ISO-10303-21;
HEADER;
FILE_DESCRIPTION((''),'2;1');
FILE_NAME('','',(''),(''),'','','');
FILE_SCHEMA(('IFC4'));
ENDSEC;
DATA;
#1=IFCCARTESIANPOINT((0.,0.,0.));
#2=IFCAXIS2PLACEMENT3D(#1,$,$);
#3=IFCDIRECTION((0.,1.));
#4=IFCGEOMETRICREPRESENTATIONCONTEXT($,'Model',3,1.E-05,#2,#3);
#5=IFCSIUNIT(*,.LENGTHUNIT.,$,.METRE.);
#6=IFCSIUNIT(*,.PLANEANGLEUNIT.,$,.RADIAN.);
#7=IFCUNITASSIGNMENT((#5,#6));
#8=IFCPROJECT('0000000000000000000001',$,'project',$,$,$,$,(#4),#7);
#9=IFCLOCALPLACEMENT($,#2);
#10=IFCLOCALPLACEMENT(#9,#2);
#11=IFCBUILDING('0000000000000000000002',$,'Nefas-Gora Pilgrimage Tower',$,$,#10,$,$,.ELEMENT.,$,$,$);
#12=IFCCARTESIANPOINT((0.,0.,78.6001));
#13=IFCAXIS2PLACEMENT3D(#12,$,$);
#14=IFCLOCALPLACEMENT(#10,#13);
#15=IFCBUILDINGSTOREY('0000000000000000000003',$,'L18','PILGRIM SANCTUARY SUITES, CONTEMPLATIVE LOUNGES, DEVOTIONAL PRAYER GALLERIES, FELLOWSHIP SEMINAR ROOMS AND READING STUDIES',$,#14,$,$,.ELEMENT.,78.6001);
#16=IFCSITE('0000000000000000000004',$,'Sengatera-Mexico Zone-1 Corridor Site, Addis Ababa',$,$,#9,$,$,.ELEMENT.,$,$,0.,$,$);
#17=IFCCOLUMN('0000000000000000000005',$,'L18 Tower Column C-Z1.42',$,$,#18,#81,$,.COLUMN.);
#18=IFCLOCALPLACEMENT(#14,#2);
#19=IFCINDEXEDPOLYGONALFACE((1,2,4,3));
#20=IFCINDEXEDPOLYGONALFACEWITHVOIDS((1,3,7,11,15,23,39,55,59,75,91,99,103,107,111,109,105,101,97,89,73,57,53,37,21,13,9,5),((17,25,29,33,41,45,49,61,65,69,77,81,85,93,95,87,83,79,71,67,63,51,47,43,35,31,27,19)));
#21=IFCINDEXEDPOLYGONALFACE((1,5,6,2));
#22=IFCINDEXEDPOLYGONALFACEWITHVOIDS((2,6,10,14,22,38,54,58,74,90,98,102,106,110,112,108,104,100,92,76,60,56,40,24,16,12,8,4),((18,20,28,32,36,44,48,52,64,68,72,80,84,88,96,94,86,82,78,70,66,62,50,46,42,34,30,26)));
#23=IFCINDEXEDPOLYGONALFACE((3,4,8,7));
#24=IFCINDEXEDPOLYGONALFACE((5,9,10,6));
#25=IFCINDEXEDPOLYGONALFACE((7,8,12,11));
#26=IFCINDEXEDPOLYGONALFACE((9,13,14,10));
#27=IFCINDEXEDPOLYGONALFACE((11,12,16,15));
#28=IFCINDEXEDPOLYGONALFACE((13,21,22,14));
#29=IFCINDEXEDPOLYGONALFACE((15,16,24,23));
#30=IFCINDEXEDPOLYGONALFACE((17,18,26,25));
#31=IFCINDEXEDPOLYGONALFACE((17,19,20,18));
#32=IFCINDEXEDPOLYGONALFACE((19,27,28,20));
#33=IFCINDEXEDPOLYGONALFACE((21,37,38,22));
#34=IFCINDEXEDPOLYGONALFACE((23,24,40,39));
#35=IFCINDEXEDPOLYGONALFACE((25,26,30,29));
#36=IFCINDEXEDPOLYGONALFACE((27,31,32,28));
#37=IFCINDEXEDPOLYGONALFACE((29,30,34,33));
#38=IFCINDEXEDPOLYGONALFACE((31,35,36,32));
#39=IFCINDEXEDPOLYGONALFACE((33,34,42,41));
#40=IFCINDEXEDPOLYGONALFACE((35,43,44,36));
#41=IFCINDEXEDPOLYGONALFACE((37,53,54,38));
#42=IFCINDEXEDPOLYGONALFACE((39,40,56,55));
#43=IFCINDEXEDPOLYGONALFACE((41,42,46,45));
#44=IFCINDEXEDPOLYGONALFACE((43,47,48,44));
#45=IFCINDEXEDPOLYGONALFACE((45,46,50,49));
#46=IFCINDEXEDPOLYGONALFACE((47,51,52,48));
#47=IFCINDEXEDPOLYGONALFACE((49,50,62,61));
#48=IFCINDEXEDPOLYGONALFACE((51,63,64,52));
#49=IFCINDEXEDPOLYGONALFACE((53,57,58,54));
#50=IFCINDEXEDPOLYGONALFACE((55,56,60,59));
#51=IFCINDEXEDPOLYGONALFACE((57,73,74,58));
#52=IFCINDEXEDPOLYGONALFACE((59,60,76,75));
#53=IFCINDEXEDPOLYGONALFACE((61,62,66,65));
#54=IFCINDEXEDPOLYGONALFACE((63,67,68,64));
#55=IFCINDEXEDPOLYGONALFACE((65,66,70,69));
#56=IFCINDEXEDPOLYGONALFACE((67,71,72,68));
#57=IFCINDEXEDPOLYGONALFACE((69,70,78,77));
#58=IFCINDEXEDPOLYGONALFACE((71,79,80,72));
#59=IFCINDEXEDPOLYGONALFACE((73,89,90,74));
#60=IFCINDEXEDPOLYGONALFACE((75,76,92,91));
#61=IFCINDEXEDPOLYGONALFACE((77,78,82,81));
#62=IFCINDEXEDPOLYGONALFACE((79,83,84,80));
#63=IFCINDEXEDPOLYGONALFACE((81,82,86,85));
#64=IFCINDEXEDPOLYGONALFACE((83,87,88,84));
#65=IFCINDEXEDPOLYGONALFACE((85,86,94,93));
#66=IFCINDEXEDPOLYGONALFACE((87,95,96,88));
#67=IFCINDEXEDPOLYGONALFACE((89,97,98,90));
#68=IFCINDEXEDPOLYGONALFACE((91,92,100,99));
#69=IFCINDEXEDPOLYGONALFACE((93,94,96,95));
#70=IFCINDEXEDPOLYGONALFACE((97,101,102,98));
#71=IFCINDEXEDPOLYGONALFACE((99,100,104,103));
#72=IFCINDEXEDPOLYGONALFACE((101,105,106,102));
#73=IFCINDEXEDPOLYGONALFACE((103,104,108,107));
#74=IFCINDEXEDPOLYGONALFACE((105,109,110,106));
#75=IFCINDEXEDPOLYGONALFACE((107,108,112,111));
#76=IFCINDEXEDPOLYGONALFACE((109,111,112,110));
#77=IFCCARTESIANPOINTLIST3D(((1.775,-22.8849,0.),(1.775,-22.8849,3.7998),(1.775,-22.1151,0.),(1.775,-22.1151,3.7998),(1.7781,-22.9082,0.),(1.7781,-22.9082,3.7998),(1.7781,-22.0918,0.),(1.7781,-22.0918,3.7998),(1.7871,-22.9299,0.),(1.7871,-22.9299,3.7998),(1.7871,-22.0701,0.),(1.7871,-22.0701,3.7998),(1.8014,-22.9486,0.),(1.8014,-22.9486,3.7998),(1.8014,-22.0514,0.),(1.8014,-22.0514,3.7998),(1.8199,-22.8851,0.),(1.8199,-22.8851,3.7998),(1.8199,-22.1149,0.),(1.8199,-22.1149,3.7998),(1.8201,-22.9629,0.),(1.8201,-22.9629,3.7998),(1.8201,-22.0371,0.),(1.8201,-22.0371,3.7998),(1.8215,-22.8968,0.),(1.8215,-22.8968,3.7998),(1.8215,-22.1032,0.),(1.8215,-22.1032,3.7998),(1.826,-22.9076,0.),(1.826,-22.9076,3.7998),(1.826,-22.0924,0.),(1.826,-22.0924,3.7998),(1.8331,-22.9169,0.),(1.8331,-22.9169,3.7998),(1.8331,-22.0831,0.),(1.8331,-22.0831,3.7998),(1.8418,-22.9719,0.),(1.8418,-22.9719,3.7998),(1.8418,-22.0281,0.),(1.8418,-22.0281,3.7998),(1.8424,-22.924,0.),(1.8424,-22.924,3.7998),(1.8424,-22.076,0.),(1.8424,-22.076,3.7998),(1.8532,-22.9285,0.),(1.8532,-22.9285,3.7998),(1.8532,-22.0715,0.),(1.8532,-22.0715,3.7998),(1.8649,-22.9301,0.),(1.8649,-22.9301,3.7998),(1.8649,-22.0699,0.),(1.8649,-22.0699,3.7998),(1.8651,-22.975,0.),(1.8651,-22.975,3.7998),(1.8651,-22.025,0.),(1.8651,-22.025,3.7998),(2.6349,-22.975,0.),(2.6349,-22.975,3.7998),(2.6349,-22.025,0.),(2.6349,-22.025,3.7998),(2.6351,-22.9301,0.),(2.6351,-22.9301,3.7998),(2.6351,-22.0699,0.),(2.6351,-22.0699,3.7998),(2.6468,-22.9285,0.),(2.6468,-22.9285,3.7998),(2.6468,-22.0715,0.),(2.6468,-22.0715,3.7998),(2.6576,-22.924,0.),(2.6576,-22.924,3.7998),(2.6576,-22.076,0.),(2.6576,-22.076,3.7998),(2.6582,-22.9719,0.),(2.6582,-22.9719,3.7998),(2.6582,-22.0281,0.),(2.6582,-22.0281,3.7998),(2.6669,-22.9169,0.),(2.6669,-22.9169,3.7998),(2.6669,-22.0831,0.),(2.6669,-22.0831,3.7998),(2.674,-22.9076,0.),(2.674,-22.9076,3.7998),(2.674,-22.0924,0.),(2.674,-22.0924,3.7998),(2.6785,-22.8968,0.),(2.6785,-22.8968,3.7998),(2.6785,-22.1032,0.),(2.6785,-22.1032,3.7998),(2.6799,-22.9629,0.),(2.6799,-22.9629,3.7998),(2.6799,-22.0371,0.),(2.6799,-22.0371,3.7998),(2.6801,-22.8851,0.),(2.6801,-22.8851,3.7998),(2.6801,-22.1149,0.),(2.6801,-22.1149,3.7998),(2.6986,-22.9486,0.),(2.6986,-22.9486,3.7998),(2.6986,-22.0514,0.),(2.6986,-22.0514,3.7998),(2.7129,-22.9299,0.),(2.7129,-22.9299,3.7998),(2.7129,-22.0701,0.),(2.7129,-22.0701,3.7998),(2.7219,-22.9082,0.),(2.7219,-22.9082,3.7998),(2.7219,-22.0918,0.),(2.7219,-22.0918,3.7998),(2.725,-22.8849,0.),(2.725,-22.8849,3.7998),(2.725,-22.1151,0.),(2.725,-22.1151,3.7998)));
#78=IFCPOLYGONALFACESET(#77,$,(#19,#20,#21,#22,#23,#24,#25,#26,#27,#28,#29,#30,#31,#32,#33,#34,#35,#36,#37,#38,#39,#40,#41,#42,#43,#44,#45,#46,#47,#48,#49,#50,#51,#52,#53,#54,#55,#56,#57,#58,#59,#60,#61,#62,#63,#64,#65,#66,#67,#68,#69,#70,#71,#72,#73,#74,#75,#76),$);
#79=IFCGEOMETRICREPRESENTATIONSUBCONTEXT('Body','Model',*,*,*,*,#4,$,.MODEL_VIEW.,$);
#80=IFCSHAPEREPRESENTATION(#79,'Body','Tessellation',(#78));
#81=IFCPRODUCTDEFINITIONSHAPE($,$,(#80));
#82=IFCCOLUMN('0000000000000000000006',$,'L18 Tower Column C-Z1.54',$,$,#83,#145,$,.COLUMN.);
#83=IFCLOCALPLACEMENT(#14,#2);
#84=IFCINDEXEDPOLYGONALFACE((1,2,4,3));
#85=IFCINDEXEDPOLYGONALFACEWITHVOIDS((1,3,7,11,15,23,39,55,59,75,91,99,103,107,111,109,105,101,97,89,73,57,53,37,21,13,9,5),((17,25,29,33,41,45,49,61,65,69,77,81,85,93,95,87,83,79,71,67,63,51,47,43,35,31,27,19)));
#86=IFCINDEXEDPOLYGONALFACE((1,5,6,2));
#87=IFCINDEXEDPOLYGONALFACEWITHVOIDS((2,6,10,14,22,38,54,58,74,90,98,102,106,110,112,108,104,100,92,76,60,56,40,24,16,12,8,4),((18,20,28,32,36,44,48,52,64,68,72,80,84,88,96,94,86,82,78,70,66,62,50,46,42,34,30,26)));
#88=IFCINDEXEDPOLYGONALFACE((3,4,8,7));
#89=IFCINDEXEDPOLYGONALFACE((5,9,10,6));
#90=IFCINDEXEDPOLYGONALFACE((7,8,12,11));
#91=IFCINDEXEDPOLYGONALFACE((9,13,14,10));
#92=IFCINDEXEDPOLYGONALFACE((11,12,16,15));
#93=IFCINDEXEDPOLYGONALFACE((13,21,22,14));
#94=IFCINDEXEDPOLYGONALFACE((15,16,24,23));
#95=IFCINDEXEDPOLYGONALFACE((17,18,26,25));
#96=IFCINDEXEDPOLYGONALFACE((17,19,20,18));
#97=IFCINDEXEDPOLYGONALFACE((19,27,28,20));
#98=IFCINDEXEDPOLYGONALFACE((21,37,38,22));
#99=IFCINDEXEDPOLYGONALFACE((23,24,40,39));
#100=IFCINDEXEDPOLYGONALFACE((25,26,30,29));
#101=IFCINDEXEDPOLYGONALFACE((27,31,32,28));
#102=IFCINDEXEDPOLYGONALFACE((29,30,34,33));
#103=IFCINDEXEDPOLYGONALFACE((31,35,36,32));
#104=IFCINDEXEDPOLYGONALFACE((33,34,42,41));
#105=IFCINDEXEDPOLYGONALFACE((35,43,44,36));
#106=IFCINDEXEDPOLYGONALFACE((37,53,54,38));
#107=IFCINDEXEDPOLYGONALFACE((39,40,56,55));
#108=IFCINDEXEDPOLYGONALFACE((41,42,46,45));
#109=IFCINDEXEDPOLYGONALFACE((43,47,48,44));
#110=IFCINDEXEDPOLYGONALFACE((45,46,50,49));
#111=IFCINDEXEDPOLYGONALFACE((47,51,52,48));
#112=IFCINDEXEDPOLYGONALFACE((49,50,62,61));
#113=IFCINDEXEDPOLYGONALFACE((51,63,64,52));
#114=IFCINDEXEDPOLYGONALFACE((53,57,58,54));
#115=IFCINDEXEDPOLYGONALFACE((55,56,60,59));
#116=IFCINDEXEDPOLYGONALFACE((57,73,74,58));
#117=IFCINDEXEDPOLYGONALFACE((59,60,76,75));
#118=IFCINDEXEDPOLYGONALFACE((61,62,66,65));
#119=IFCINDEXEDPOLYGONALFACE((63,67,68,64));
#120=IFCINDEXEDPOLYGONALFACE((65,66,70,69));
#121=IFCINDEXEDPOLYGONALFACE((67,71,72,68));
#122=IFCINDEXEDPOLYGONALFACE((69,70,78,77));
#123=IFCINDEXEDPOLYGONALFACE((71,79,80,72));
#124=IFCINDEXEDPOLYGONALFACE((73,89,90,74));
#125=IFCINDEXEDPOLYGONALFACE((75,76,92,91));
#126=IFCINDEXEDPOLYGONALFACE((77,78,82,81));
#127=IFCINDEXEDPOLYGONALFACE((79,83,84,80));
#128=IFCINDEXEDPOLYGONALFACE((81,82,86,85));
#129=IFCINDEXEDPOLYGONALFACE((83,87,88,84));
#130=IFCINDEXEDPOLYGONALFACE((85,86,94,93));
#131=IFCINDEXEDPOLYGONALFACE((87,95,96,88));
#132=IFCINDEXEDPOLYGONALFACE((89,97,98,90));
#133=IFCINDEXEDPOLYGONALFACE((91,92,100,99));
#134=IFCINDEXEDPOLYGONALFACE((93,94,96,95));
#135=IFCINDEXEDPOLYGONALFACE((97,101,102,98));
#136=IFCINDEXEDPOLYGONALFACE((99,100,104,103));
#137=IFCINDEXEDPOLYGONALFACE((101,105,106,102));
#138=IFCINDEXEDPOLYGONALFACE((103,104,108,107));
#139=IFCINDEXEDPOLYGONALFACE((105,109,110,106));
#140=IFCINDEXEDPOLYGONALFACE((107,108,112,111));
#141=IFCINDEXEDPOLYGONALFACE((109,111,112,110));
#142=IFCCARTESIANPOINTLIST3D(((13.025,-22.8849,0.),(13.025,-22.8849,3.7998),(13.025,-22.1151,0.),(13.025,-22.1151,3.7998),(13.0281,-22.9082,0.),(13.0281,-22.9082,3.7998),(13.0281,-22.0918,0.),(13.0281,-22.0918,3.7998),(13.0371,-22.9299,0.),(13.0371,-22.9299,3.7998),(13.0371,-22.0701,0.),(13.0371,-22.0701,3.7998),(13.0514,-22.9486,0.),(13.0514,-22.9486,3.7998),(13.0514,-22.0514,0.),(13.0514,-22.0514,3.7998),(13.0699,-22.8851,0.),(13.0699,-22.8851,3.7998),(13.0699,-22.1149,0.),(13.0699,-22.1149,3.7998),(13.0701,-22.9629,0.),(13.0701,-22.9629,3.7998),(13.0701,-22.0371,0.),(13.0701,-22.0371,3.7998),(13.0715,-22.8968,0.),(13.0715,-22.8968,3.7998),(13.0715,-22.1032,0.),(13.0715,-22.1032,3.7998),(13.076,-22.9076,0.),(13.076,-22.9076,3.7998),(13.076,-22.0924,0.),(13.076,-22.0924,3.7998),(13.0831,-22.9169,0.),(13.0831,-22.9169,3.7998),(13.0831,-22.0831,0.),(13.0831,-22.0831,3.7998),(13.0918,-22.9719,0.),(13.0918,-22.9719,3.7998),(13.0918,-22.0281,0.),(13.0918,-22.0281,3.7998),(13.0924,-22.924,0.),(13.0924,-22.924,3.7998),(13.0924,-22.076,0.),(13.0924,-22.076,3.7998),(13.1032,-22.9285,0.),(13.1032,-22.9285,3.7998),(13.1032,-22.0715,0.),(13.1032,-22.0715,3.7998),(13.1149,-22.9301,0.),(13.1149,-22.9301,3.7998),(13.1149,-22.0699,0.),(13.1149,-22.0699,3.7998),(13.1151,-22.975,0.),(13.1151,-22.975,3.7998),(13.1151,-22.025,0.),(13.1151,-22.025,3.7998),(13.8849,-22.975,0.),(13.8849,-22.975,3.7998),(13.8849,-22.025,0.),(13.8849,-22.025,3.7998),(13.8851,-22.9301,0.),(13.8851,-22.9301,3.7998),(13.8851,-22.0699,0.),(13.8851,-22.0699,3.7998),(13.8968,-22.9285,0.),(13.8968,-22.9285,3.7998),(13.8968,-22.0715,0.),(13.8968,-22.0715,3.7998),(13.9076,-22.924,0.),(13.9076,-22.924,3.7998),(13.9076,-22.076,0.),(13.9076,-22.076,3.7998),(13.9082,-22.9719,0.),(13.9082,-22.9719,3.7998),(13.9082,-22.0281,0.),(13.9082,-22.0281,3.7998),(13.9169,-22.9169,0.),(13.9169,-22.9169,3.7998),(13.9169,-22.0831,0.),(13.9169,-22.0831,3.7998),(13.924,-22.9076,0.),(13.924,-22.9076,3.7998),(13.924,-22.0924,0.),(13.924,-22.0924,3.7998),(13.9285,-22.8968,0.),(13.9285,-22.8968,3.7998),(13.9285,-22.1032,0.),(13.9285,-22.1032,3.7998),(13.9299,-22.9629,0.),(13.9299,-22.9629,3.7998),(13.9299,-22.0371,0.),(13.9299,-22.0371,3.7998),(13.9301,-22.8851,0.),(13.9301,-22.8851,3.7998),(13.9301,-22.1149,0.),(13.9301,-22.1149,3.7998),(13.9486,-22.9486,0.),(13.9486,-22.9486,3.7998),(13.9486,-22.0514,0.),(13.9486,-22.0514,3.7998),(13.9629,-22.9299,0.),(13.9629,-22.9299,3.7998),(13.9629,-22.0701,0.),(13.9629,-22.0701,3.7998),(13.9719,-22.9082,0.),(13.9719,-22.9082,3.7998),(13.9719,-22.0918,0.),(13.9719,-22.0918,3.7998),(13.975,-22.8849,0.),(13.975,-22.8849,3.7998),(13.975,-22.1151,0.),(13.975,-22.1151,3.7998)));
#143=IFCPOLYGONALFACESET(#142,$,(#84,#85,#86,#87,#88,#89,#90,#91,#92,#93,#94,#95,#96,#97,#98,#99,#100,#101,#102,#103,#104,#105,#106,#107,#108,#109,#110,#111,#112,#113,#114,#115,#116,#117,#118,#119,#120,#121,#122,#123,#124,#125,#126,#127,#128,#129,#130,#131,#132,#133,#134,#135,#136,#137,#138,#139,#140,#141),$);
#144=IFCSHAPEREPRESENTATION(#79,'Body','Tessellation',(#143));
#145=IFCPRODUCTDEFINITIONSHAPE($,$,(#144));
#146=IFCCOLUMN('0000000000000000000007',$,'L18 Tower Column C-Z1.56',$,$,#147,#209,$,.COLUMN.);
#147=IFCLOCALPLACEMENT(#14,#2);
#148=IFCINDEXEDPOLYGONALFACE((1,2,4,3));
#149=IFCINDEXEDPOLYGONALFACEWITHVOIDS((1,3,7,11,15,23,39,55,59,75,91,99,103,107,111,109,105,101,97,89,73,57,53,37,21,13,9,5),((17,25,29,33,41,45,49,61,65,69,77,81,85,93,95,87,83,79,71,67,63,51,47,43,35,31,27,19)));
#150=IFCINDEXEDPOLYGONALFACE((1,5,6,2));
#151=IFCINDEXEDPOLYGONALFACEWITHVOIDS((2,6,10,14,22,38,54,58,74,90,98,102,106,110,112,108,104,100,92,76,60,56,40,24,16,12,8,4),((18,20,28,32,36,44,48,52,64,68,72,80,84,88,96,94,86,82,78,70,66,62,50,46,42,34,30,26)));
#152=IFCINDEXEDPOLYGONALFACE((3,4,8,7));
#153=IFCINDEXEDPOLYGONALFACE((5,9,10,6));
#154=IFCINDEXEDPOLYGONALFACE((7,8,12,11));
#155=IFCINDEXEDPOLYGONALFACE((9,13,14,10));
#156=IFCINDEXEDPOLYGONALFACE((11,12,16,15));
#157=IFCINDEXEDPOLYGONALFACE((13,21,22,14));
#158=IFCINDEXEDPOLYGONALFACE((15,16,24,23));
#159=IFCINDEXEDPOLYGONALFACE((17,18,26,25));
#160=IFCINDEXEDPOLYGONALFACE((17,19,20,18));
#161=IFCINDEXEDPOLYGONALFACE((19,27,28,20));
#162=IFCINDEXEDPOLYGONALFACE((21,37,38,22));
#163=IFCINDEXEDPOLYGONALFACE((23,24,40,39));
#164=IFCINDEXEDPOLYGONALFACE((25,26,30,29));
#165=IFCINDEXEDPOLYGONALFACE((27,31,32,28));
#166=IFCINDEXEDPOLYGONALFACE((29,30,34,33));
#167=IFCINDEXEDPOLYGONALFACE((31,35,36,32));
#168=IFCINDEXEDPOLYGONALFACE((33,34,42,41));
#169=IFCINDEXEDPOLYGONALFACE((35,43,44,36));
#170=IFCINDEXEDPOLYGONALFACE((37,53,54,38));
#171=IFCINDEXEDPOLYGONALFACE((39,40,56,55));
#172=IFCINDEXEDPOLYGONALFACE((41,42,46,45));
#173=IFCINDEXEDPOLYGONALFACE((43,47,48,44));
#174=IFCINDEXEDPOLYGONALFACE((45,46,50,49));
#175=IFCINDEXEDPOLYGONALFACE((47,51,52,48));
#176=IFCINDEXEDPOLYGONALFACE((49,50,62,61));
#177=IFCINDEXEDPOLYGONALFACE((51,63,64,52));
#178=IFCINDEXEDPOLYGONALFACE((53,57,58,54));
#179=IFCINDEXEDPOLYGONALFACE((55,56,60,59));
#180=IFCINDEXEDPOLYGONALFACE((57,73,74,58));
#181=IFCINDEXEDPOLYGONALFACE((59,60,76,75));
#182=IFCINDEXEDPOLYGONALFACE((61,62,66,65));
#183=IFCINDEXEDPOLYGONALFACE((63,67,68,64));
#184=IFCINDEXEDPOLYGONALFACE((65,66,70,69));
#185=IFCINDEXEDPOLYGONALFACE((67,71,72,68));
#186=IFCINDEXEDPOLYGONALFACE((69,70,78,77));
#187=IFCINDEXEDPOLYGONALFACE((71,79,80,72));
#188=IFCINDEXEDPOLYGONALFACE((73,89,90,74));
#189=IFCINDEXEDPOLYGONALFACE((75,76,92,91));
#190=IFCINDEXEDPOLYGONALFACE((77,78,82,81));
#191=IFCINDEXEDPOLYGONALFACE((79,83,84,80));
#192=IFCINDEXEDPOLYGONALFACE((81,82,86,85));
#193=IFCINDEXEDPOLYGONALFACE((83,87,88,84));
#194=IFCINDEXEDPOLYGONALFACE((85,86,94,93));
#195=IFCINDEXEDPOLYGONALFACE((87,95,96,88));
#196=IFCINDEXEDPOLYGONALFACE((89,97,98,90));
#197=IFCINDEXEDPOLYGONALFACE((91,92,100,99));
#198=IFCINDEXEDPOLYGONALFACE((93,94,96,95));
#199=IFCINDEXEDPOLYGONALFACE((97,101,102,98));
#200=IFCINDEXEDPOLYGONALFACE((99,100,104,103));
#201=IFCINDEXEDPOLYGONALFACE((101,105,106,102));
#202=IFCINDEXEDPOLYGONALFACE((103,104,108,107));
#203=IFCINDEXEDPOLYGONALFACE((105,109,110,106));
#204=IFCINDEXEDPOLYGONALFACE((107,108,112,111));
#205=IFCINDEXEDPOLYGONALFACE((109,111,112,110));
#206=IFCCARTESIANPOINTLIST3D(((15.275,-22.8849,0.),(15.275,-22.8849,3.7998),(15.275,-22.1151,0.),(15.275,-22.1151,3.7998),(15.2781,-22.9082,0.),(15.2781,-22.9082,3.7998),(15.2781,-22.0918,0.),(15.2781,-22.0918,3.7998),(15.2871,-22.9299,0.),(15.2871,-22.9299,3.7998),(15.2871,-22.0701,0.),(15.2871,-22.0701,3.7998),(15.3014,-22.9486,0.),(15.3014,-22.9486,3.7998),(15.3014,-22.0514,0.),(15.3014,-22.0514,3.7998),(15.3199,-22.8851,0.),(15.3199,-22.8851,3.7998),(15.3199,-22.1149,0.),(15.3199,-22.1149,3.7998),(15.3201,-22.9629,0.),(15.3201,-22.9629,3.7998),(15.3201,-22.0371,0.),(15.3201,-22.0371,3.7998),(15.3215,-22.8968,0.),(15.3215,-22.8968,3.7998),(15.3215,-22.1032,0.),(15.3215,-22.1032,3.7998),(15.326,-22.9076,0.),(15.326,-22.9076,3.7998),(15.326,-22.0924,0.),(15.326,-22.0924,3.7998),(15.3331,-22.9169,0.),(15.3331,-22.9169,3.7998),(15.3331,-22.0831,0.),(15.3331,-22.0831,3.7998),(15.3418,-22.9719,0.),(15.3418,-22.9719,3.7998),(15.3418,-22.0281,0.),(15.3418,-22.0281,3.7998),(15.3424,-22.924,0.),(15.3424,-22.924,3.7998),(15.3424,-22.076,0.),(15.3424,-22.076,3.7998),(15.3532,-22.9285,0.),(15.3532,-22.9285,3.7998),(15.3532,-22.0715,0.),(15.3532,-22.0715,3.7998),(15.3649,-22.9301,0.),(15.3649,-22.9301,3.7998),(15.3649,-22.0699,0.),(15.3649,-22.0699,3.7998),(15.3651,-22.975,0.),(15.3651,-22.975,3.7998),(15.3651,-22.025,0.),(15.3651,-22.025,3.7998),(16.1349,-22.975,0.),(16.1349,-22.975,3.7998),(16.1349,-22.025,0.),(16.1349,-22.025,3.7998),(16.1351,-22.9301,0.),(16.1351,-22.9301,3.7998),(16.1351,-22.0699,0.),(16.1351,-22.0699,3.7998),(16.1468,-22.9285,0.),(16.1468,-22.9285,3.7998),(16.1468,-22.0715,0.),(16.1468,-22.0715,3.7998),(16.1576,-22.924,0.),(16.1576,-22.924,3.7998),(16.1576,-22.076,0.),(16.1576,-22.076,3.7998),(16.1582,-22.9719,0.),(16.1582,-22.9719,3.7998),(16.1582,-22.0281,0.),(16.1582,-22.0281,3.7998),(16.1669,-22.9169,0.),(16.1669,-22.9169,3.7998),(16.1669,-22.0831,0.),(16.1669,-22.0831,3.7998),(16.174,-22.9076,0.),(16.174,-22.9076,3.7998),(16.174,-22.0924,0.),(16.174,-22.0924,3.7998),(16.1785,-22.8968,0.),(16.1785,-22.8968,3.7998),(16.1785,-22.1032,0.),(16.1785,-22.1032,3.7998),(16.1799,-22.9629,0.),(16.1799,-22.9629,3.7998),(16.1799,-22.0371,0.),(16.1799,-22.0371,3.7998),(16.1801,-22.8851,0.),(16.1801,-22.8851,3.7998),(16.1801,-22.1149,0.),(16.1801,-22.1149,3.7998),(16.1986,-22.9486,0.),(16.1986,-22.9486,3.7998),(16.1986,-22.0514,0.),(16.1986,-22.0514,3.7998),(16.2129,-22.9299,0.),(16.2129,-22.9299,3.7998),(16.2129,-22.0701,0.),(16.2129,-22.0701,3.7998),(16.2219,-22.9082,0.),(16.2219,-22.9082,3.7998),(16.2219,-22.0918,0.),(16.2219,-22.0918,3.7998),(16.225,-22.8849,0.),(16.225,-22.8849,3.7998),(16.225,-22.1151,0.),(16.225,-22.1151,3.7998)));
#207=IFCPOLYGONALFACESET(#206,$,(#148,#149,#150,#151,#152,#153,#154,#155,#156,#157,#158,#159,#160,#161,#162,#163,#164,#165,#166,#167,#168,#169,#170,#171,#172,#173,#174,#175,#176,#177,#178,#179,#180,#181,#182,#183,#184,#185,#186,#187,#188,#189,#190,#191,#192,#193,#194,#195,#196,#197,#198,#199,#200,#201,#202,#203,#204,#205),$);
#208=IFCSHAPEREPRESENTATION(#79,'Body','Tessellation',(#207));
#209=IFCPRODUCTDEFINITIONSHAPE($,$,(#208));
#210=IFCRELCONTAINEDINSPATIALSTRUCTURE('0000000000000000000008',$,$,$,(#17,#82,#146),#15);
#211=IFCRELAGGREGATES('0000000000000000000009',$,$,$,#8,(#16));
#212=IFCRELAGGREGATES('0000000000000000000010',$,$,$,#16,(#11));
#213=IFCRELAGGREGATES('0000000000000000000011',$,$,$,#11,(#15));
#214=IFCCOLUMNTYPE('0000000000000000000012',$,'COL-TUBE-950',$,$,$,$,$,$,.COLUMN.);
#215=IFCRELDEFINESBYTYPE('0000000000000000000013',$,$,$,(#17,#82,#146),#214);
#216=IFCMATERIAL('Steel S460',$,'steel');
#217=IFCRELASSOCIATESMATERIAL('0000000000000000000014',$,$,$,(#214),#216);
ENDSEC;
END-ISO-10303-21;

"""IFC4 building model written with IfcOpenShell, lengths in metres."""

from ifc_helpers import new_model, si_unit, direction, frame, origin, origin_2d, place, context, subcontext, project, spatial, hollow_rectangle, extrude, source, transform, mapped, material, material_profile, profile_set, type_object, element, save


model = new_model("IFC4")

# Units and contexts
model_context = context("Model", 3, precision=1e-05, world=origin(), true_north=direction((0.0, 1.0)))
body_context = subcontext(model_context, "Body", "Model", "MODEL_VIEW")
ifc_project = project(units=[si_unit("LENGTHUNIT", "METRE"), si_unit("PLANEANGLEUNIT", "RADIAN")], contexts=[model_context])

# Site, building, storey
site_placement = place(None, origin())
site = spatial("IfcSite", under=ifc_project, at=site_placement, Name="Sengatera-Mexico Zone-1 Corridor Site, Addis Ababa", CompositionType="ELEMENT", RefElevation=0.0)
building_placement = place(site_placement, origin())
building = spatial("IfcBuilding", under=site, at=building_placement, Name="Nefas-Gora Pilgrimage Tower", CompositionType="ELEMENT")
storey_placement = place(building_placement, frame((0.0, 0.0, 78.6001)))
storey = spatial("IfcBuildingStorey", under=building, at=storey_placement, Name="L18", Description="PILGRIM SANCTUARY SUITES, CONTEMPLATIVE LOUNGES, DEVOTIONAL PRAYER GALLERIES, FELLOWSHIP SEMINAR ROOMS AND READING STUDIES", CompositionType="ELEMENT", Elevation=78.6001)

# Columns
ifc_material_1 = material(Name="Steel S460", Category="steel")
ifc_material_profile_1 = material_profile(ifc_material_1, hollow_rectangle(XDim=0.95, YDim=0.95, WallThickness=0.0449, InnerFilletRadius=0.0449, OuterFilletRadius=0.0901, at=origin_2d()), Name="BOX 950x950x45")
ifc_profile_set_1 = profile_set([ifc_material_profile_1], Name="Steel S460")
column_type_1 = type_object("IfcColumnType", Name="COL-TUBE-950", PredefinedType="COLUMN", material=ifc_profile_set_1)
shared_shape_1 = source(origin(), body_context, "Body", "SweptSolid", [
    extrude(hollow_rectangle(XDim=0.95, YDim=0.95, WallThickness=0.0449, InnerFilletRadius=0.0449, OuterFilletRadius=0.0901, at=origin_2d()), origin(), (0.0, 0.0, 1.0), 3.7998),
])
for number, where, z_axis, x_axis, name in (
    (1, (2.25, -22.5, 0.0), (0.0, 0.0, 1.0), (1.0, 0.0, 0.0), "L18 Tower Column C-Z1.42"),
    (2, (13.5, -22.5, 0.0), (0.0, 0.0, 1.0), (1.0, 0.0, 0.0), "L18 Tower Column C-Z1.54"),
    (3, (15.75, -22.5, 0.0), (0.0, 0.0, 1.0), (1.0, 0.0, 0.0), "L18 Tower Column C-Z1.56"),
):
    element("IfcColumn", number, at=place(storey_placement, frame(where, z_axis=z_axis, x_axis=x_axis)), inside=storey, type_object=column_type_1, Name=name, PredefinedType="COLUMN", context=body_context, shape_type="MappedRepresentation", body=[
        mapped(shared_shape_1, transform((0.0, 0.0, 0.0), x_axis=(1.0, 0.0, 0.0), y_axis=(0.0, 1.0, 0.0), z_axis=(0.0, 0.0, 1.0), scale=1.0)),
    ])

save(model, "model.ifc")
